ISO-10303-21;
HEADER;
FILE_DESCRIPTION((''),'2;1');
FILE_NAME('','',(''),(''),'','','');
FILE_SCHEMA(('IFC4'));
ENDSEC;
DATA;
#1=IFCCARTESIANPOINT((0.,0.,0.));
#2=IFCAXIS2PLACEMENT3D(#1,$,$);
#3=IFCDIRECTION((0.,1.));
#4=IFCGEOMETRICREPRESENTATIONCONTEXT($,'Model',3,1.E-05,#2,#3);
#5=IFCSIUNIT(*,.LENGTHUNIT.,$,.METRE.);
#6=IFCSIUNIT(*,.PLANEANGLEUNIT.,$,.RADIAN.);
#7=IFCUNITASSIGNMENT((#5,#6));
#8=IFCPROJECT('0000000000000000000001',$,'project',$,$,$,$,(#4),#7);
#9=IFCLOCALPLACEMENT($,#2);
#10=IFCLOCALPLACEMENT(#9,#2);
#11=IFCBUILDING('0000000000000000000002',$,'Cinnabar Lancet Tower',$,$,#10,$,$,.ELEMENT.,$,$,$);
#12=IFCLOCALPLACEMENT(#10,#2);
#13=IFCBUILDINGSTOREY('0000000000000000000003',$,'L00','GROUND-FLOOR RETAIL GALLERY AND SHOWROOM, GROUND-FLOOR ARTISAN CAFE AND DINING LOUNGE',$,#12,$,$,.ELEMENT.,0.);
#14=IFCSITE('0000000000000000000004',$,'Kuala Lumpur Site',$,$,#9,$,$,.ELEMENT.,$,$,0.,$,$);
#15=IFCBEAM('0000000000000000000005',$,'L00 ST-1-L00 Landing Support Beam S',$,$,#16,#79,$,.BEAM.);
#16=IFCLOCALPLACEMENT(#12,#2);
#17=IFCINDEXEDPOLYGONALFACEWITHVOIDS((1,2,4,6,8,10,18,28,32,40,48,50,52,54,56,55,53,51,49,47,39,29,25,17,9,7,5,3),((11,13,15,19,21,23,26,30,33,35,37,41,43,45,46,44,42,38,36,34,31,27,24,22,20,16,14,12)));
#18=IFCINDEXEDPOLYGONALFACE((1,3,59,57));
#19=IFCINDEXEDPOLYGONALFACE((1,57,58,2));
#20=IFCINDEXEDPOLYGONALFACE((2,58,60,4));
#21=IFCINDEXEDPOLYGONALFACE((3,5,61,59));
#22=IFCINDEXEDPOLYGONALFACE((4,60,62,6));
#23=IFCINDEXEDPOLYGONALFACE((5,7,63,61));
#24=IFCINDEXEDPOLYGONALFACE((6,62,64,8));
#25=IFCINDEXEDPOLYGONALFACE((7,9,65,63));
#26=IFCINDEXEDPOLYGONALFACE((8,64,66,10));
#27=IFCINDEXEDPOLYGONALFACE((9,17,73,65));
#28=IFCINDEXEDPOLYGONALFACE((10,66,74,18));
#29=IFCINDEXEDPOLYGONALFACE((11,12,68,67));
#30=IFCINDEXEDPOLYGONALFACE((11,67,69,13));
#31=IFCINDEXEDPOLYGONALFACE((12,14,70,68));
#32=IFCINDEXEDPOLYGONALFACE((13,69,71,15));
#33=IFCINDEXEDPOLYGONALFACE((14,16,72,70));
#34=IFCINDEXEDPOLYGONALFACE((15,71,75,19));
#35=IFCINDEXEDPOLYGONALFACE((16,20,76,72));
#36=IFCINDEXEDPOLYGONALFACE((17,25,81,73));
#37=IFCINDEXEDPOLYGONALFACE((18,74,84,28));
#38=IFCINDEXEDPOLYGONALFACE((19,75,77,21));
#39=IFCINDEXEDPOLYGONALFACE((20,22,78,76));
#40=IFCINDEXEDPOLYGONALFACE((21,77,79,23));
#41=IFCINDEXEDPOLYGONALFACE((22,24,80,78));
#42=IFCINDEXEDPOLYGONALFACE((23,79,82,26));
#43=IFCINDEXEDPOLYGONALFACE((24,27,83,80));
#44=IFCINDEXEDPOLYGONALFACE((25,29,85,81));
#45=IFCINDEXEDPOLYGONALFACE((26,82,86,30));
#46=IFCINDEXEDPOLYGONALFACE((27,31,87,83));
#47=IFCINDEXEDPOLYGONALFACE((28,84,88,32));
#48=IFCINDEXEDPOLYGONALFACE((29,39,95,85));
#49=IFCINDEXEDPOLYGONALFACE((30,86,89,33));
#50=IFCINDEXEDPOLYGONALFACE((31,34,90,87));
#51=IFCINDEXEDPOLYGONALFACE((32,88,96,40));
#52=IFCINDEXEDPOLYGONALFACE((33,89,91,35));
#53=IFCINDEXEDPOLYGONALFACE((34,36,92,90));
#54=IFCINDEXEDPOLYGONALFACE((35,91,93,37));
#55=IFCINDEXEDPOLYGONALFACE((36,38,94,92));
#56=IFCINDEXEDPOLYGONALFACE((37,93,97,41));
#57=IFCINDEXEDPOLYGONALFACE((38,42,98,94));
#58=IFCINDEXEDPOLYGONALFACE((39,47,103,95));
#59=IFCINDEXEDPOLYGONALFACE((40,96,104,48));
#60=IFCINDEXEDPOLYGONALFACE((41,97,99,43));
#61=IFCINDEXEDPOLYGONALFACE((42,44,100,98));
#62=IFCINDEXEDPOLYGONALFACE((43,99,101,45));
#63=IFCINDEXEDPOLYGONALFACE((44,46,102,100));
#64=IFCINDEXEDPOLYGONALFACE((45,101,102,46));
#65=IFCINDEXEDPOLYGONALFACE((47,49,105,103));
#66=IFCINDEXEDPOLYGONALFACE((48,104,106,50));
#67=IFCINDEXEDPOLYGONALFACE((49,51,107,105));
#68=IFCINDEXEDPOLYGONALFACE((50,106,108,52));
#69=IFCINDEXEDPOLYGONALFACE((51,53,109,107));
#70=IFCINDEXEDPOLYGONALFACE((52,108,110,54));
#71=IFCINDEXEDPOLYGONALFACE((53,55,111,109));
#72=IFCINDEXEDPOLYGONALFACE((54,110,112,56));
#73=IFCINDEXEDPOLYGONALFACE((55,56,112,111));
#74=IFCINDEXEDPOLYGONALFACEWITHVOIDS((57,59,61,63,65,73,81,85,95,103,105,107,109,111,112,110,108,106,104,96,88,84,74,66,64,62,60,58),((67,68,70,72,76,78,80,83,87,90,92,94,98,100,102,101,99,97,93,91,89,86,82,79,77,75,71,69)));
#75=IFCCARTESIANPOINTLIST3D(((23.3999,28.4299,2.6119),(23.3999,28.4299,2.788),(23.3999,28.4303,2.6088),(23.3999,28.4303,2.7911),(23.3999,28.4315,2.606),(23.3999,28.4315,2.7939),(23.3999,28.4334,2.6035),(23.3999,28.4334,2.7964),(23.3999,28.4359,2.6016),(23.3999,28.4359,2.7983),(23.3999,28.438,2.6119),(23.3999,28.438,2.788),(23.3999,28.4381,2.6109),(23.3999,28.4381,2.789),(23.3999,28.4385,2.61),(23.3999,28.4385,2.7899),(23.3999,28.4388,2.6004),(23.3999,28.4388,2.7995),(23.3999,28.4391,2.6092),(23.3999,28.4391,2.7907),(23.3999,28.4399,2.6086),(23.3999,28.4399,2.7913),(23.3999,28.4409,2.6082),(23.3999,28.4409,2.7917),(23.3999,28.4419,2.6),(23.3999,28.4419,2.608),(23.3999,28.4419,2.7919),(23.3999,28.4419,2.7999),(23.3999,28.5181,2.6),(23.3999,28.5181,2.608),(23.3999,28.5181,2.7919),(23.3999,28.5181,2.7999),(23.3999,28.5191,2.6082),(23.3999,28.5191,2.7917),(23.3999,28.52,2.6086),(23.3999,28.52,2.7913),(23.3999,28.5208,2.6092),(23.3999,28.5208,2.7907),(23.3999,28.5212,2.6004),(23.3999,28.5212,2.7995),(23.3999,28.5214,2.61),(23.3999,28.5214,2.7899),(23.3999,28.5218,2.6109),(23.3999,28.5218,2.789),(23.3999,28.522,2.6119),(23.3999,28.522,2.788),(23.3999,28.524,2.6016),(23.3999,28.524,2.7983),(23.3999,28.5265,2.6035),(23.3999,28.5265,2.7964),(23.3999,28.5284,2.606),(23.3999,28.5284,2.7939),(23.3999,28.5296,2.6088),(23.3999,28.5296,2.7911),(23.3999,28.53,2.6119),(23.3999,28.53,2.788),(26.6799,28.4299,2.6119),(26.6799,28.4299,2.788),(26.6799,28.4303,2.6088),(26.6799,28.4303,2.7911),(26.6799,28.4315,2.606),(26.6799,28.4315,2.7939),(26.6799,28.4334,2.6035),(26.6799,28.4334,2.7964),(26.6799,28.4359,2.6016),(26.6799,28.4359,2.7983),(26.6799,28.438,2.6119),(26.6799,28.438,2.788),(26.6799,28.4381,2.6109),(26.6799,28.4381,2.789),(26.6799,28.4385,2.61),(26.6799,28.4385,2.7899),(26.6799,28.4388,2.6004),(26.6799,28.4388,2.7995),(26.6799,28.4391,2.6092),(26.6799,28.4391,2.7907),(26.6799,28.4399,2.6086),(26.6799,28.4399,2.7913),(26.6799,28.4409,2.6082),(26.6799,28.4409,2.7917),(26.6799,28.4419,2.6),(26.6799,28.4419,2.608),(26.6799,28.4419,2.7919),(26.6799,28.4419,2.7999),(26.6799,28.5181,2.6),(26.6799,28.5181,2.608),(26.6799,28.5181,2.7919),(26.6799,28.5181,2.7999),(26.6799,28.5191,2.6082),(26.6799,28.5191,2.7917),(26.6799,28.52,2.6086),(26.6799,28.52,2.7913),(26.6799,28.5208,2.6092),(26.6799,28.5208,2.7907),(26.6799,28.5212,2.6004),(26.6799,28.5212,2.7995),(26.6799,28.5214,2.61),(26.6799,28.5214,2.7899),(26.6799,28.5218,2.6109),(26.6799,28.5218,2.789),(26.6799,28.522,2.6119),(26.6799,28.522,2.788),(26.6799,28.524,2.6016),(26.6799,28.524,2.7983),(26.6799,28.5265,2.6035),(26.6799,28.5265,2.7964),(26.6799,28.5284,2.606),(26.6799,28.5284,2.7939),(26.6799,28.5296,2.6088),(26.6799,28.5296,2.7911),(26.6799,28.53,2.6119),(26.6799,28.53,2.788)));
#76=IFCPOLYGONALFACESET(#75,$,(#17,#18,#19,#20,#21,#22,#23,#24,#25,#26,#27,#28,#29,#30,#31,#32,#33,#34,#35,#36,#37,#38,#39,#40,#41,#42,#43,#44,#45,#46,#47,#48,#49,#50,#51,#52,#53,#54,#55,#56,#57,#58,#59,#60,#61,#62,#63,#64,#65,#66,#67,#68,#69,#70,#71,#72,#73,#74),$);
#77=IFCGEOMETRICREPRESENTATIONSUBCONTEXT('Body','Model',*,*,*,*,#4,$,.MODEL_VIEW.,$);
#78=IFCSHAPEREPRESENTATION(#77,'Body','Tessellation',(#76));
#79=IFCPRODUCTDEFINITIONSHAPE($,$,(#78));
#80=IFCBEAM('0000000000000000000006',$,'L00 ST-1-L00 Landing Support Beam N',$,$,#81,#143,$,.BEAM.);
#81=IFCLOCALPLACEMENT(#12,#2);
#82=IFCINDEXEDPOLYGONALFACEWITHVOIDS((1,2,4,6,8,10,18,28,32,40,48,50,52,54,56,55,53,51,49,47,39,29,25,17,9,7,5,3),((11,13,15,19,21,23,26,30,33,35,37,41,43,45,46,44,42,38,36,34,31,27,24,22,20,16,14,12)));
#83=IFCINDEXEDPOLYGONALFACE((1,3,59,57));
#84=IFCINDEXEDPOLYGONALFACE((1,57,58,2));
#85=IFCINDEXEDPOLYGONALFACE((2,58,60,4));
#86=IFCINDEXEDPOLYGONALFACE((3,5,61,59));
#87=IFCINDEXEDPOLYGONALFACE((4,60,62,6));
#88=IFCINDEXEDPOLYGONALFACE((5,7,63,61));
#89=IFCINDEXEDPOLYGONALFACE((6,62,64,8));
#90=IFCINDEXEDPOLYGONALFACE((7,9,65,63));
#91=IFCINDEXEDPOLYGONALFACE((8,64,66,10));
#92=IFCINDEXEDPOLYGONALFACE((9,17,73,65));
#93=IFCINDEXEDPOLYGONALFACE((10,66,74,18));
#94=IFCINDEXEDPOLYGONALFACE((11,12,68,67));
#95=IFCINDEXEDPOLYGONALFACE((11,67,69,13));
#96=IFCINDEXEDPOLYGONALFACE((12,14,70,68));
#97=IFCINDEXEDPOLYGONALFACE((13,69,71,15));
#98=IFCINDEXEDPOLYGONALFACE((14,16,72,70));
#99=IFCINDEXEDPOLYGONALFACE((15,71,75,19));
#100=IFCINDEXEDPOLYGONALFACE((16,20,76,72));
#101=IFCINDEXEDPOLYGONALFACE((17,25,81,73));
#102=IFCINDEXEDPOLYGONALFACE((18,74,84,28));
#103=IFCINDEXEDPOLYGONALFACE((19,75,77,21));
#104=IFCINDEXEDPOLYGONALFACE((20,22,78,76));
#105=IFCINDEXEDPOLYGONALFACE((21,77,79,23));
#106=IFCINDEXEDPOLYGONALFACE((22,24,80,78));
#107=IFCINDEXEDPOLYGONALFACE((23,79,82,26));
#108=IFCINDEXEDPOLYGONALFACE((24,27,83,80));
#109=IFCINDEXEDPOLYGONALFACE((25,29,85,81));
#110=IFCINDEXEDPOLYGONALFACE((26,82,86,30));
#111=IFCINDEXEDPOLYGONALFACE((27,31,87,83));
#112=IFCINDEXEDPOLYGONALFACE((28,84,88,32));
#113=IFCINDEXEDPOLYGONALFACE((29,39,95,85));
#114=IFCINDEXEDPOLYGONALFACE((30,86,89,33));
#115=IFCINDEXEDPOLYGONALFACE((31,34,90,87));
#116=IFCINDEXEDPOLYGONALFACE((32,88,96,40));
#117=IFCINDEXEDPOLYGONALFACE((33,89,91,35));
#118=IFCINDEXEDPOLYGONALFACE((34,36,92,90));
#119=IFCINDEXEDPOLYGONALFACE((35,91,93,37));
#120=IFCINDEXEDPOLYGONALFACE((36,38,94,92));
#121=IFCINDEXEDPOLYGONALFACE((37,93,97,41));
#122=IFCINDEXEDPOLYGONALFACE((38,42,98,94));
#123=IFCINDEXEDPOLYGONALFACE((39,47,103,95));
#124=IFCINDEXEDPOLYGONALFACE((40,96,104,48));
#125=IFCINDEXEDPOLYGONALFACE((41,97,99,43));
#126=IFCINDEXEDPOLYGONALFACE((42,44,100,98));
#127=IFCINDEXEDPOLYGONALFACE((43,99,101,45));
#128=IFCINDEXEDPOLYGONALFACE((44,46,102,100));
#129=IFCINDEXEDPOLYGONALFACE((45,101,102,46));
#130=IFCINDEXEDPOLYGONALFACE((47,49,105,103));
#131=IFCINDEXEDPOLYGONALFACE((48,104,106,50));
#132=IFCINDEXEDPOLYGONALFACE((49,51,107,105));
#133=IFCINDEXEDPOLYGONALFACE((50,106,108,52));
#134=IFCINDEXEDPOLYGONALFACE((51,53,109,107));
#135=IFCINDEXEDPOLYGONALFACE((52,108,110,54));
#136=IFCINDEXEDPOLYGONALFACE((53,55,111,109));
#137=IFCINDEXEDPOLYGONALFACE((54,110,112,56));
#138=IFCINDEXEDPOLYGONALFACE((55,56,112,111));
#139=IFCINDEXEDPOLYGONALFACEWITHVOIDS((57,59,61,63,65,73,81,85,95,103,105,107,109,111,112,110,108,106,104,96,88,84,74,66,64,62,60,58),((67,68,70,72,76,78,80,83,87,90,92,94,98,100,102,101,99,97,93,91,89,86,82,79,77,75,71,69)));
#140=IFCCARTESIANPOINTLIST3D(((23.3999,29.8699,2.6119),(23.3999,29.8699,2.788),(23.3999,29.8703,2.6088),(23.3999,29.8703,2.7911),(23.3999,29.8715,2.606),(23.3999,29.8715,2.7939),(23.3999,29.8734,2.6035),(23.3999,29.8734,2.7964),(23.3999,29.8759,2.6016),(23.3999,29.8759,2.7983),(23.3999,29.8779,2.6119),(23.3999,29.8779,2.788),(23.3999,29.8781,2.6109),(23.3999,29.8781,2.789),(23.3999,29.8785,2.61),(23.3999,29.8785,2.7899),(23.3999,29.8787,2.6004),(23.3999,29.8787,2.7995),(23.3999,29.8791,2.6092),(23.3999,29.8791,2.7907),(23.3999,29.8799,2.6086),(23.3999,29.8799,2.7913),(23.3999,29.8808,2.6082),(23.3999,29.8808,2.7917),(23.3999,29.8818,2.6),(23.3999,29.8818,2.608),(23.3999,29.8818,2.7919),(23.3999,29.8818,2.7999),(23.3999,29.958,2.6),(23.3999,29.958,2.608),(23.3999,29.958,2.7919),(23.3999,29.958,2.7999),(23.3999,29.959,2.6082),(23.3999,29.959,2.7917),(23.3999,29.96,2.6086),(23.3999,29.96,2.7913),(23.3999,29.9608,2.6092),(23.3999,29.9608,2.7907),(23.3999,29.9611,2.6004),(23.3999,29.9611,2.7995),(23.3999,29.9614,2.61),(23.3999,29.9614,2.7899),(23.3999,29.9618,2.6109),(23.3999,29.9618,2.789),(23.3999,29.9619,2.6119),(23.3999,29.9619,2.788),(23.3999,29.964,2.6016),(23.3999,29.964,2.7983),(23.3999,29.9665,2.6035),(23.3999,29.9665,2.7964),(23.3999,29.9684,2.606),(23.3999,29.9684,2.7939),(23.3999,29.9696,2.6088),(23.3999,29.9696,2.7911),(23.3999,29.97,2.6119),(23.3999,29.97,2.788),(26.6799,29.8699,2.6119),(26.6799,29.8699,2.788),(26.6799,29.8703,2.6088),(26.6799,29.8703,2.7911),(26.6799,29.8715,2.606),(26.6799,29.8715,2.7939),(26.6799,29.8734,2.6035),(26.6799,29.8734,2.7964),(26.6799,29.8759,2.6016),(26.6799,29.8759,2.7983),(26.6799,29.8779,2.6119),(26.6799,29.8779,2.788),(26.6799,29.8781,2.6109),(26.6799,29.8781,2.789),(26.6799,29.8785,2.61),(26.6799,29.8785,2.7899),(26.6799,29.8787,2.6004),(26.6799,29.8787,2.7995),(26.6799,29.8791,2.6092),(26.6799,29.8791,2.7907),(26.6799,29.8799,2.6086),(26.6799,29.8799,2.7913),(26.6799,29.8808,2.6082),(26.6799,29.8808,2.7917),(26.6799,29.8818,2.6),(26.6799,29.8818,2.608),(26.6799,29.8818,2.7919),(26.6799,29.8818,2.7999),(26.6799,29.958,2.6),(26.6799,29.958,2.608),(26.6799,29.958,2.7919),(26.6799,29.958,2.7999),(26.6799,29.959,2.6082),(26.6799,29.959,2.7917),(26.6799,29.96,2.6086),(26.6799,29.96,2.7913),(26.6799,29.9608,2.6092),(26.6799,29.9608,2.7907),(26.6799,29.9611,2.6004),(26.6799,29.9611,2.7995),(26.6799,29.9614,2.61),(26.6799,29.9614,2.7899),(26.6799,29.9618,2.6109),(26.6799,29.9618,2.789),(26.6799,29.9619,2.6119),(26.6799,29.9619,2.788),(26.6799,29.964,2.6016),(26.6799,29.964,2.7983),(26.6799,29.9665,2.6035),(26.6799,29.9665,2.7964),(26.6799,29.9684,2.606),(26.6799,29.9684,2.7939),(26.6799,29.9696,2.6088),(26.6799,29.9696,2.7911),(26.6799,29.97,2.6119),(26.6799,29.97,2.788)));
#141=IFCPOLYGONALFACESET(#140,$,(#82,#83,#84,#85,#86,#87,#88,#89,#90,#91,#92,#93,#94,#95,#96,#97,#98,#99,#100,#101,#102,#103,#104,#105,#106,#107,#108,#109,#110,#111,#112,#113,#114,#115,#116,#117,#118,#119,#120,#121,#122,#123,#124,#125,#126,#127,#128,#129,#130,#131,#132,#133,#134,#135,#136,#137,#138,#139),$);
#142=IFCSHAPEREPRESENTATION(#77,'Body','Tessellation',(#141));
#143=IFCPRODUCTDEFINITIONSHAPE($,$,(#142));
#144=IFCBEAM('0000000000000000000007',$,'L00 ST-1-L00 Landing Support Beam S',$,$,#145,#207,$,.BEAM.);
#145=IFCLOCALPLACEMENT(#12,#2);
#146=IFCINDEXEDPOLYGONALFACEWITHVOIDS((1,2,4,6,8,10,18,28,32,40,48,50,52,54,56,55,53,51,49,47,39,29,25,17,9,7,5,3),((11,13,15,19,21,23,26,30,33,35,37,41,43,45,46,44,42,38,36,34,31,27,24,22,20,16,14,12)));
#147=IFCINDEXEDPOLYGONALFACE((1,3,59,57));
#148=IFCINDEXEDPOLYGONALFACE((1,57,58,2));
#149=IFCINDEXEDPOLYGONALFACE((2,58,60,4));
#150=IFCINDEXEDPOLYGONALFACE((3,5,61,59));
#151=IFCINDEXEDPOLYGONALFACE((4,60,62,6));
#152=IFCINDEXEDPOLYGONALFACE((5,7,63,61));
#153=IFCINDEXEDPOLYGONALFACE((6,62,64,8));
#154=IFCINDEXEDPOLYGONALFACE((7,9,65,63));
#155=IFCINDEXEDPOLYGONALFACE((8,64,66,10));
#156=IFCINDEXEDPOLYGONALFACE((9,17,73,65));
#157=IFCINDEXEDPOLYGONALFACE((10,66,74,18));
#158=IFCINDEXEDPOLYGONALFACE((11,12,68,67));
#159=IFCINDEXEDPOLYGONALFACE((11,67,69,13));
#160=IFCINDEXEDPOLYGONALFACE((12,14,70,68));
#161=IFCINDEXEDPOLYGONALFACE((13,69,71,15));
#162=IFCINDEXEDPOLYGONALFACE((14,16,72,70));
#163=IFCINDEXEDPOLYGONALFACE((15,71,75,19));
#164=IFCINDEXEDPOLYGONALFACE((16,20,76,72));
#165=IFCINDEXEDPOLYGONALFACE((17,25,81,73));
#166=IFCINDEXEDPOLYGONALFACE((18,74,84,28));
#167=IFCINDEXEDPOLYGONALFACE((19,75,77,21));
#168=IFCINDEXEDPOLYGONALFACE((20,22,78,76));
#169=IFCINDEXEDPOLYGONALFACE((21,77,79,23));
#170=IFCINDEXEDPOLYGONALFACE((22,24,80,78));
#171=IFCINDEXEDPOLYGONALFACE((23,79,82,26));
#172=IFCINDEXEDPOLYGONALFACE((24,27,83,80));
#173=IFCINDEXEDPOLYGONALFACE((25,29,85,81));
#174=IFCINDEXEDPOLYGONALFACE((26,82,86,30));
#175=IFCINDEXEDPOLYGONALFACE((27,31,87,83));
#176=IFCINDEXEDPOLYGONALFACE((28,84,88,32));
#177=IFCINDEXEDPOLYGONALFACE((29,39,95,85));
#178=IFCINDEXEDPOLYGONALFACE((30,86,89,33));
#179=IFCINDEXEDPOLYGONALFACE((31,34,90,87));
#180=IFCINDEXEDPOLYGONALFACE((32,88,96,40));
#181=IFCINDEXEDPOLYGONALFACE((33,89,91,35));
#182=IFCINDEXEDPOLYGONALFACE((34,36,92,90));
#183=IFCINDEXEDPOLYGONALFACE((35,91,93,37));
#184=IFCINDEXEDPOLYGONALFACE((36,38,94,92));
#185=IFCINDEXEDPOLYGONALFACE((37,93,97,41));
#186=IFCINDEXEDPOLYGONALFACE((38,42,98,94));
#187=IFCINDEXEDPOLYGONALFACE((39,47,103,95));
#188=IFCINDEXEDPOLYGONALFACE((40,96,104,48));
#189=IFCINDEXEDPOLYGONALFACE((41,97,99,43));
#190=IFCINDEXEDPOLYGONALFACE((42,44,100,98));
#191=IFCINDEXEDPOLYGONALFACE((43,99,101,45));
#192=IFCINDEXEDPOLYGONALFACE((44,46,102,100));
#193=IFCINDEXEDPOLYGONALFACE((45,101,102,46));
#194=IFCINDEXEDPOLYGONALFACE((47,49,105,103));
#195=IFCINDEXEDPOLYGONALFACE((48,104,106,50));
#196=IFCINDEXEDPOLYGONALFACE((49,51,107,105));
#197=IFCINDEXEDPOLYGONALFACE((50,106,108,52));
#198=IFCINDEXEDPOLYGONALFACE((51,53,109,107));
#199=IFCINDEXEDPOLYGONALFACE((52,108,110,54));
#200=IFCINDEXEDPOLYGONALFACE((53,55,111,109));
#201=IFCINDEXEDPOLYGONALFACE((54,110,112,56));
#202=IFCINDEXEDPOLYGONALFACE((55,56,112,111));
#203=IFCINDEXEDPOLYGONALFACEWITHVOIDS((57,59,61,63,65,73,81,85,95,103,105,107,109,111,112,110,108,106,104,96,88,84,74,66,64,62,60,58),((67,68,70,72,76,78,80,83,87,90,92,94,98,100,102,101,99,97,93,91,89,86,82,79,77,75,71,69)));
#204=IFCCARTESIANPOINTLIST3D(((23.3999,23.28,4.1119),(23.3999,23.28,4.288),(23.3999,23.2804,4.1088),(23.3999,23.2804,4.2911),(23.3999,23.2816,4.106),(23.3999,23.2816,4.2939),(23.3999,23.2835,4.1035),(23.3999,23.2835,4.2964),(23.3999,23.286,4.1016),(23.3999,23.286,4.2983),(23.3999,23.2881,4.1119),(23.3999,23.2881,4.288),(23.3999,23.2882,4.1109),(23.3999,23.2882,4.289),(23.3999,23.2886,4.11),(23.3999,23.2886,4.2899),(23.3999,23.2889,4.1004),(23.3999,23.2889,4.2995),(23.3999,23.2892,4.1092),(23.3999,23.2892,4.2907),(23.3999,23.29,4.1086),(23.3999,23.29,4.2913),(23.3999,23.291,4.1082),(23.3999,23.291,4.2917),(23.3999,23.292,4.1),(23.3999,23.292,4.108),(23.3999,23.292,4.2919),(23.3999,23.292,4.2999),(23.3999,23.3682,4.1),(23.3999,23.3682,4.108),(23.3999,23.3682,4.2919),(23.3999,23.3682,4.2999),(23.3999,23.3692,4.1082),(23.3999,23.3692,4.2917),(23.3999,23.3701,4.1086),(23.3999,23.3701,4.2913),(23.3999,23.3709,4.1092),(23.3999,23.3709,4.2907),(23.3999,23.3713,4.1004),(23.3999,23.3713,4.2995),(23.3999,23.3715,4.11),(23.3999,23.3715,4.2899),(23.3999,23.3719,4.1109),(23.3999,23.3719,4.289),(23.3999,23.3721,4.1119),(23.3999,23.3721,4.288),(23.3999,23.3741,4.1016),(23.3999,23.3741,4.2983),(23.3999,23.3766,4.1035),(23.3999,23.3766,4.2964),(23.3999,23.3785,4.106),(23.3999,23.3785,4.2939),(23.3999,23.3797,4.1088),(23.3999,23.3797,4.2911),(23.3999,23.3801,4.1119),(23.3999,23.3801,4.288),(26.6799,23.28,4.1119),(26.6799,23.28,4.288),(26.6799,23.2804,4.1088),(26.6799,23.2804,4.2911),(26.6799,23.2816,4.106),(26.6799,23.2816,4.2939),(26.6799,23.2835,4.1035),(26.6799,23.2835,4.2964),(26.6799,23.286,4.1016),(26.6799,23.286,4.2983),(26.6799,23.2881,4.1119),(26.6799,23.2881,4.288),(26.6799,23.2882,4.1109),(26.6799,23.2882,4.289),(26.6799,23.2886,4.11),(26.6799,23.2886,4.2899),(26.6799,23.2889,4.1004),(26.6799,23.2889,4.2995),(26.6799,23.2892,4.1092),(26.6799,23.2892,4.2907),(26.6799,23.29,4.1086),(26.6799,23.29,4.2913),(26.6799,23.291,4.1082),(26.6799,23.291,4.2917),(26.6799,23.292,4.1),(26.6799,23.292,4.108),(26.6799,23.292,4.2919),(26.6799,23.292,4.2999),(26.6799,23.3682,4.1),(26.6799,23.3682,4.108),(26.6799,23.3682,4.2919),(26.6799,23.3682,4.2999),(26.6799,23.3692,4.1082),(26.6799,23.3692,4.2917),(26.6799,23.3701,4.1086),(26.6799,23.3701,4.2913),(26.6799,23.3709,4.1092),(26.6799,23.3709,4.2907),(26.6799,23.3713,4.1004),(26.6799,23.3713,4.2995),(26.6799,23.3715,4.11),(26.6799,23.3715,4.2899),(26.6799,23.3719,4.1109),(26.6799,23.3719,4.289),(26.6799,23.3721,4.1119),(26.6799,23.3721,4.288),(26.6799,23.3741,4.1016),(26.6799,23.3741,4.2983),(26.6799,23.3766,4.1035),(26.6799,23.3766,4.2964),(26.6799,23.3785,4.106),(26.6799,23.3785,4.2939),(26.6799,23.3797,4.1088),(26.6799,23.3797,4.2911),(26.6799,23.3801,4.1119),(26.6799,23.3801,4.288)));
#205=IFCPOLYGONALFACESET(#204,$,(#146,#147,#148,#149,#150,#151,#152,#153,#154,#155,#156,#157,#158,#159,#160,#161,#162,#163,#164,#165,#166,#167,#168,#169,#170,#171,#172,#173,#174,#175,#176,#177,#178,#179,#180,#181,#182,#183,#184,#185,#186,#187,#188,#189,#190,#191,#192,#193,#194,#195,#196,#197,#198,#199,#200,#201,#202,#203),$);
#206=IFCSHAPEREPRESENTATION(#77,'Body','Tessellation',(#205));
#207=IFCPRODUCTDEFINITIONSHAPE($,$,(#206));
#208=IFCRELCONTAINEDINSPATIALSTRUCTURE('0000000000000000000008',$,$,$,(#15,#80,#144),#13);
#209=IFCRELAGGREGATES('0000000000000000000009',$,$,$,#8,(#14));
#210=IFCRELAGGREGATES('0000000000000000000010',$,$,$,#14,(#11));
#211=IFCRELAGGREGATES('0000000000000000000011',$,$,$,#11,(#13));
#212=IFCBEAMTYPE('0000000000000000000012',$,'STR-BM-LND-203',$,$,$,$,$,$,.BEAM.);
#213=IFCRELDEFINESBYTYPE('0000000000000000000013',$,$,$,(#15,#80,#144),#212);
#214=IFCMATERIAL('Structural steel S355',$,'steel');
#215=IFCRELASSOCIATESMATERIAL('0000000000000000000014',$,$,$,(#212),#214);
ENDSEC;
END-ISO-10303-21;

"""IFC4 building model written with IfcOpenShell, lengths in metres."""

from ifc_helpers import new_model, si_unit, direction, frame, origin, origin_2d, place, context, subcontext, project, spatial, hollow_rectangle, extrude, material, material_profile, profile_set, type_object, element, save


model = new_model("IFC4")

# Units and contexts
model_context = context("Model", 3, precision=1e-05, world=origin(), true_north=direction((0.0, 1.0)))
body_context = subcontext(model_context, "Body", "Model", "MODEL_VIEW")
ifc_project = project(units=[si_unit("LENGTHUNIT", "METRE"), si_unit("PLANEANGLEUNIT", "RADIAN")], contexts=[model_context])

# Site, building, storey
site_placement = place(None, origin())
site = spatial("IfcSite", under=ifc_project, at=site_placement, Name="Kuala Lumpur Site", CompositionType="ELEMENT", RefElevation=0.0)
building_placement = place(site_placement, origin())
building = spatial("IfcBuilding", under=site, at=building_placement, Name="Cinnabar Lancet Tower", CompositionType="ELEMENT")
storey_placement = place(building_placement, origin())
storey = spatial("IfcBuildingStorey", under=building, at=storey_placement, Name="L00", Description="GROUND-FLOOR RETAIL GALLERY AND SHOWROOM, GROUND-FLOOR ARTISAN CAFE AND DINING LOUNGE", CompositionType="ELEMENT", Elevation=0.0)

# Beams
ifc_material_1 = material(Name="Structural steel S355", Category="steel")
ifc_material_profile = material_profile(ifc_material_1, hollow_rectangle(XDim=0.1001, YDim=0.2, WallThickness=0.0081, InnerFilletRadius=0.0039, OuterFilletRadius=0.012, at=origin_2d()), Name="RHS 200x100x8")
ifc_profile_set = profile_set([ifc_material_profile], Name="Structural steel S355")
beam_type = type_object("IfcBeamType", Name="STR-BM-LND-203", PredefinedType="BEAM", material=ifc_profile_set)
for number, where, z_axis, x_axis, name in (
    (1, (23.3999, 28.48, 2.7), (1.0, 0.0, 0.0), (0.0, 1.0, 0.0), "L00 ST-1-L00 Landing Support Beam S"),
    (2, (23.3999, 29.9199, 2.7), (1.0, 0.0, 0.0), (0.0, 1.0, 0.0), "L00 ST-1-L00 Landing Support Beam N"),
    (3, (23.3999, 23.3301, 4.2), (1.0, 0.0, 0.0), (0.0, 1.0, 0.0), "L00 ST-1-L00 Landing Support Beam S"),
):
    element("IfcBeam", number, at=place(storey_placement, frame(where, z_axis=z_axis, x_axis=x_axis)), inside=storey, type_object=beam_type, Name=name, PredefinedType="BEAM", context=body_context, shape_type="SweptSolid", body=[
        extrude(hollow_rectangle(XDim=0.1001, YDim=0.2, WallThickness=0.0081, InnerFilletRadius=0.0039, OuterFilletRadius=0.012, at=origin_2d()), origin(), (0.0, 0.0, 1.0), 3.28),
    ])

save(model, "model.ifc")
